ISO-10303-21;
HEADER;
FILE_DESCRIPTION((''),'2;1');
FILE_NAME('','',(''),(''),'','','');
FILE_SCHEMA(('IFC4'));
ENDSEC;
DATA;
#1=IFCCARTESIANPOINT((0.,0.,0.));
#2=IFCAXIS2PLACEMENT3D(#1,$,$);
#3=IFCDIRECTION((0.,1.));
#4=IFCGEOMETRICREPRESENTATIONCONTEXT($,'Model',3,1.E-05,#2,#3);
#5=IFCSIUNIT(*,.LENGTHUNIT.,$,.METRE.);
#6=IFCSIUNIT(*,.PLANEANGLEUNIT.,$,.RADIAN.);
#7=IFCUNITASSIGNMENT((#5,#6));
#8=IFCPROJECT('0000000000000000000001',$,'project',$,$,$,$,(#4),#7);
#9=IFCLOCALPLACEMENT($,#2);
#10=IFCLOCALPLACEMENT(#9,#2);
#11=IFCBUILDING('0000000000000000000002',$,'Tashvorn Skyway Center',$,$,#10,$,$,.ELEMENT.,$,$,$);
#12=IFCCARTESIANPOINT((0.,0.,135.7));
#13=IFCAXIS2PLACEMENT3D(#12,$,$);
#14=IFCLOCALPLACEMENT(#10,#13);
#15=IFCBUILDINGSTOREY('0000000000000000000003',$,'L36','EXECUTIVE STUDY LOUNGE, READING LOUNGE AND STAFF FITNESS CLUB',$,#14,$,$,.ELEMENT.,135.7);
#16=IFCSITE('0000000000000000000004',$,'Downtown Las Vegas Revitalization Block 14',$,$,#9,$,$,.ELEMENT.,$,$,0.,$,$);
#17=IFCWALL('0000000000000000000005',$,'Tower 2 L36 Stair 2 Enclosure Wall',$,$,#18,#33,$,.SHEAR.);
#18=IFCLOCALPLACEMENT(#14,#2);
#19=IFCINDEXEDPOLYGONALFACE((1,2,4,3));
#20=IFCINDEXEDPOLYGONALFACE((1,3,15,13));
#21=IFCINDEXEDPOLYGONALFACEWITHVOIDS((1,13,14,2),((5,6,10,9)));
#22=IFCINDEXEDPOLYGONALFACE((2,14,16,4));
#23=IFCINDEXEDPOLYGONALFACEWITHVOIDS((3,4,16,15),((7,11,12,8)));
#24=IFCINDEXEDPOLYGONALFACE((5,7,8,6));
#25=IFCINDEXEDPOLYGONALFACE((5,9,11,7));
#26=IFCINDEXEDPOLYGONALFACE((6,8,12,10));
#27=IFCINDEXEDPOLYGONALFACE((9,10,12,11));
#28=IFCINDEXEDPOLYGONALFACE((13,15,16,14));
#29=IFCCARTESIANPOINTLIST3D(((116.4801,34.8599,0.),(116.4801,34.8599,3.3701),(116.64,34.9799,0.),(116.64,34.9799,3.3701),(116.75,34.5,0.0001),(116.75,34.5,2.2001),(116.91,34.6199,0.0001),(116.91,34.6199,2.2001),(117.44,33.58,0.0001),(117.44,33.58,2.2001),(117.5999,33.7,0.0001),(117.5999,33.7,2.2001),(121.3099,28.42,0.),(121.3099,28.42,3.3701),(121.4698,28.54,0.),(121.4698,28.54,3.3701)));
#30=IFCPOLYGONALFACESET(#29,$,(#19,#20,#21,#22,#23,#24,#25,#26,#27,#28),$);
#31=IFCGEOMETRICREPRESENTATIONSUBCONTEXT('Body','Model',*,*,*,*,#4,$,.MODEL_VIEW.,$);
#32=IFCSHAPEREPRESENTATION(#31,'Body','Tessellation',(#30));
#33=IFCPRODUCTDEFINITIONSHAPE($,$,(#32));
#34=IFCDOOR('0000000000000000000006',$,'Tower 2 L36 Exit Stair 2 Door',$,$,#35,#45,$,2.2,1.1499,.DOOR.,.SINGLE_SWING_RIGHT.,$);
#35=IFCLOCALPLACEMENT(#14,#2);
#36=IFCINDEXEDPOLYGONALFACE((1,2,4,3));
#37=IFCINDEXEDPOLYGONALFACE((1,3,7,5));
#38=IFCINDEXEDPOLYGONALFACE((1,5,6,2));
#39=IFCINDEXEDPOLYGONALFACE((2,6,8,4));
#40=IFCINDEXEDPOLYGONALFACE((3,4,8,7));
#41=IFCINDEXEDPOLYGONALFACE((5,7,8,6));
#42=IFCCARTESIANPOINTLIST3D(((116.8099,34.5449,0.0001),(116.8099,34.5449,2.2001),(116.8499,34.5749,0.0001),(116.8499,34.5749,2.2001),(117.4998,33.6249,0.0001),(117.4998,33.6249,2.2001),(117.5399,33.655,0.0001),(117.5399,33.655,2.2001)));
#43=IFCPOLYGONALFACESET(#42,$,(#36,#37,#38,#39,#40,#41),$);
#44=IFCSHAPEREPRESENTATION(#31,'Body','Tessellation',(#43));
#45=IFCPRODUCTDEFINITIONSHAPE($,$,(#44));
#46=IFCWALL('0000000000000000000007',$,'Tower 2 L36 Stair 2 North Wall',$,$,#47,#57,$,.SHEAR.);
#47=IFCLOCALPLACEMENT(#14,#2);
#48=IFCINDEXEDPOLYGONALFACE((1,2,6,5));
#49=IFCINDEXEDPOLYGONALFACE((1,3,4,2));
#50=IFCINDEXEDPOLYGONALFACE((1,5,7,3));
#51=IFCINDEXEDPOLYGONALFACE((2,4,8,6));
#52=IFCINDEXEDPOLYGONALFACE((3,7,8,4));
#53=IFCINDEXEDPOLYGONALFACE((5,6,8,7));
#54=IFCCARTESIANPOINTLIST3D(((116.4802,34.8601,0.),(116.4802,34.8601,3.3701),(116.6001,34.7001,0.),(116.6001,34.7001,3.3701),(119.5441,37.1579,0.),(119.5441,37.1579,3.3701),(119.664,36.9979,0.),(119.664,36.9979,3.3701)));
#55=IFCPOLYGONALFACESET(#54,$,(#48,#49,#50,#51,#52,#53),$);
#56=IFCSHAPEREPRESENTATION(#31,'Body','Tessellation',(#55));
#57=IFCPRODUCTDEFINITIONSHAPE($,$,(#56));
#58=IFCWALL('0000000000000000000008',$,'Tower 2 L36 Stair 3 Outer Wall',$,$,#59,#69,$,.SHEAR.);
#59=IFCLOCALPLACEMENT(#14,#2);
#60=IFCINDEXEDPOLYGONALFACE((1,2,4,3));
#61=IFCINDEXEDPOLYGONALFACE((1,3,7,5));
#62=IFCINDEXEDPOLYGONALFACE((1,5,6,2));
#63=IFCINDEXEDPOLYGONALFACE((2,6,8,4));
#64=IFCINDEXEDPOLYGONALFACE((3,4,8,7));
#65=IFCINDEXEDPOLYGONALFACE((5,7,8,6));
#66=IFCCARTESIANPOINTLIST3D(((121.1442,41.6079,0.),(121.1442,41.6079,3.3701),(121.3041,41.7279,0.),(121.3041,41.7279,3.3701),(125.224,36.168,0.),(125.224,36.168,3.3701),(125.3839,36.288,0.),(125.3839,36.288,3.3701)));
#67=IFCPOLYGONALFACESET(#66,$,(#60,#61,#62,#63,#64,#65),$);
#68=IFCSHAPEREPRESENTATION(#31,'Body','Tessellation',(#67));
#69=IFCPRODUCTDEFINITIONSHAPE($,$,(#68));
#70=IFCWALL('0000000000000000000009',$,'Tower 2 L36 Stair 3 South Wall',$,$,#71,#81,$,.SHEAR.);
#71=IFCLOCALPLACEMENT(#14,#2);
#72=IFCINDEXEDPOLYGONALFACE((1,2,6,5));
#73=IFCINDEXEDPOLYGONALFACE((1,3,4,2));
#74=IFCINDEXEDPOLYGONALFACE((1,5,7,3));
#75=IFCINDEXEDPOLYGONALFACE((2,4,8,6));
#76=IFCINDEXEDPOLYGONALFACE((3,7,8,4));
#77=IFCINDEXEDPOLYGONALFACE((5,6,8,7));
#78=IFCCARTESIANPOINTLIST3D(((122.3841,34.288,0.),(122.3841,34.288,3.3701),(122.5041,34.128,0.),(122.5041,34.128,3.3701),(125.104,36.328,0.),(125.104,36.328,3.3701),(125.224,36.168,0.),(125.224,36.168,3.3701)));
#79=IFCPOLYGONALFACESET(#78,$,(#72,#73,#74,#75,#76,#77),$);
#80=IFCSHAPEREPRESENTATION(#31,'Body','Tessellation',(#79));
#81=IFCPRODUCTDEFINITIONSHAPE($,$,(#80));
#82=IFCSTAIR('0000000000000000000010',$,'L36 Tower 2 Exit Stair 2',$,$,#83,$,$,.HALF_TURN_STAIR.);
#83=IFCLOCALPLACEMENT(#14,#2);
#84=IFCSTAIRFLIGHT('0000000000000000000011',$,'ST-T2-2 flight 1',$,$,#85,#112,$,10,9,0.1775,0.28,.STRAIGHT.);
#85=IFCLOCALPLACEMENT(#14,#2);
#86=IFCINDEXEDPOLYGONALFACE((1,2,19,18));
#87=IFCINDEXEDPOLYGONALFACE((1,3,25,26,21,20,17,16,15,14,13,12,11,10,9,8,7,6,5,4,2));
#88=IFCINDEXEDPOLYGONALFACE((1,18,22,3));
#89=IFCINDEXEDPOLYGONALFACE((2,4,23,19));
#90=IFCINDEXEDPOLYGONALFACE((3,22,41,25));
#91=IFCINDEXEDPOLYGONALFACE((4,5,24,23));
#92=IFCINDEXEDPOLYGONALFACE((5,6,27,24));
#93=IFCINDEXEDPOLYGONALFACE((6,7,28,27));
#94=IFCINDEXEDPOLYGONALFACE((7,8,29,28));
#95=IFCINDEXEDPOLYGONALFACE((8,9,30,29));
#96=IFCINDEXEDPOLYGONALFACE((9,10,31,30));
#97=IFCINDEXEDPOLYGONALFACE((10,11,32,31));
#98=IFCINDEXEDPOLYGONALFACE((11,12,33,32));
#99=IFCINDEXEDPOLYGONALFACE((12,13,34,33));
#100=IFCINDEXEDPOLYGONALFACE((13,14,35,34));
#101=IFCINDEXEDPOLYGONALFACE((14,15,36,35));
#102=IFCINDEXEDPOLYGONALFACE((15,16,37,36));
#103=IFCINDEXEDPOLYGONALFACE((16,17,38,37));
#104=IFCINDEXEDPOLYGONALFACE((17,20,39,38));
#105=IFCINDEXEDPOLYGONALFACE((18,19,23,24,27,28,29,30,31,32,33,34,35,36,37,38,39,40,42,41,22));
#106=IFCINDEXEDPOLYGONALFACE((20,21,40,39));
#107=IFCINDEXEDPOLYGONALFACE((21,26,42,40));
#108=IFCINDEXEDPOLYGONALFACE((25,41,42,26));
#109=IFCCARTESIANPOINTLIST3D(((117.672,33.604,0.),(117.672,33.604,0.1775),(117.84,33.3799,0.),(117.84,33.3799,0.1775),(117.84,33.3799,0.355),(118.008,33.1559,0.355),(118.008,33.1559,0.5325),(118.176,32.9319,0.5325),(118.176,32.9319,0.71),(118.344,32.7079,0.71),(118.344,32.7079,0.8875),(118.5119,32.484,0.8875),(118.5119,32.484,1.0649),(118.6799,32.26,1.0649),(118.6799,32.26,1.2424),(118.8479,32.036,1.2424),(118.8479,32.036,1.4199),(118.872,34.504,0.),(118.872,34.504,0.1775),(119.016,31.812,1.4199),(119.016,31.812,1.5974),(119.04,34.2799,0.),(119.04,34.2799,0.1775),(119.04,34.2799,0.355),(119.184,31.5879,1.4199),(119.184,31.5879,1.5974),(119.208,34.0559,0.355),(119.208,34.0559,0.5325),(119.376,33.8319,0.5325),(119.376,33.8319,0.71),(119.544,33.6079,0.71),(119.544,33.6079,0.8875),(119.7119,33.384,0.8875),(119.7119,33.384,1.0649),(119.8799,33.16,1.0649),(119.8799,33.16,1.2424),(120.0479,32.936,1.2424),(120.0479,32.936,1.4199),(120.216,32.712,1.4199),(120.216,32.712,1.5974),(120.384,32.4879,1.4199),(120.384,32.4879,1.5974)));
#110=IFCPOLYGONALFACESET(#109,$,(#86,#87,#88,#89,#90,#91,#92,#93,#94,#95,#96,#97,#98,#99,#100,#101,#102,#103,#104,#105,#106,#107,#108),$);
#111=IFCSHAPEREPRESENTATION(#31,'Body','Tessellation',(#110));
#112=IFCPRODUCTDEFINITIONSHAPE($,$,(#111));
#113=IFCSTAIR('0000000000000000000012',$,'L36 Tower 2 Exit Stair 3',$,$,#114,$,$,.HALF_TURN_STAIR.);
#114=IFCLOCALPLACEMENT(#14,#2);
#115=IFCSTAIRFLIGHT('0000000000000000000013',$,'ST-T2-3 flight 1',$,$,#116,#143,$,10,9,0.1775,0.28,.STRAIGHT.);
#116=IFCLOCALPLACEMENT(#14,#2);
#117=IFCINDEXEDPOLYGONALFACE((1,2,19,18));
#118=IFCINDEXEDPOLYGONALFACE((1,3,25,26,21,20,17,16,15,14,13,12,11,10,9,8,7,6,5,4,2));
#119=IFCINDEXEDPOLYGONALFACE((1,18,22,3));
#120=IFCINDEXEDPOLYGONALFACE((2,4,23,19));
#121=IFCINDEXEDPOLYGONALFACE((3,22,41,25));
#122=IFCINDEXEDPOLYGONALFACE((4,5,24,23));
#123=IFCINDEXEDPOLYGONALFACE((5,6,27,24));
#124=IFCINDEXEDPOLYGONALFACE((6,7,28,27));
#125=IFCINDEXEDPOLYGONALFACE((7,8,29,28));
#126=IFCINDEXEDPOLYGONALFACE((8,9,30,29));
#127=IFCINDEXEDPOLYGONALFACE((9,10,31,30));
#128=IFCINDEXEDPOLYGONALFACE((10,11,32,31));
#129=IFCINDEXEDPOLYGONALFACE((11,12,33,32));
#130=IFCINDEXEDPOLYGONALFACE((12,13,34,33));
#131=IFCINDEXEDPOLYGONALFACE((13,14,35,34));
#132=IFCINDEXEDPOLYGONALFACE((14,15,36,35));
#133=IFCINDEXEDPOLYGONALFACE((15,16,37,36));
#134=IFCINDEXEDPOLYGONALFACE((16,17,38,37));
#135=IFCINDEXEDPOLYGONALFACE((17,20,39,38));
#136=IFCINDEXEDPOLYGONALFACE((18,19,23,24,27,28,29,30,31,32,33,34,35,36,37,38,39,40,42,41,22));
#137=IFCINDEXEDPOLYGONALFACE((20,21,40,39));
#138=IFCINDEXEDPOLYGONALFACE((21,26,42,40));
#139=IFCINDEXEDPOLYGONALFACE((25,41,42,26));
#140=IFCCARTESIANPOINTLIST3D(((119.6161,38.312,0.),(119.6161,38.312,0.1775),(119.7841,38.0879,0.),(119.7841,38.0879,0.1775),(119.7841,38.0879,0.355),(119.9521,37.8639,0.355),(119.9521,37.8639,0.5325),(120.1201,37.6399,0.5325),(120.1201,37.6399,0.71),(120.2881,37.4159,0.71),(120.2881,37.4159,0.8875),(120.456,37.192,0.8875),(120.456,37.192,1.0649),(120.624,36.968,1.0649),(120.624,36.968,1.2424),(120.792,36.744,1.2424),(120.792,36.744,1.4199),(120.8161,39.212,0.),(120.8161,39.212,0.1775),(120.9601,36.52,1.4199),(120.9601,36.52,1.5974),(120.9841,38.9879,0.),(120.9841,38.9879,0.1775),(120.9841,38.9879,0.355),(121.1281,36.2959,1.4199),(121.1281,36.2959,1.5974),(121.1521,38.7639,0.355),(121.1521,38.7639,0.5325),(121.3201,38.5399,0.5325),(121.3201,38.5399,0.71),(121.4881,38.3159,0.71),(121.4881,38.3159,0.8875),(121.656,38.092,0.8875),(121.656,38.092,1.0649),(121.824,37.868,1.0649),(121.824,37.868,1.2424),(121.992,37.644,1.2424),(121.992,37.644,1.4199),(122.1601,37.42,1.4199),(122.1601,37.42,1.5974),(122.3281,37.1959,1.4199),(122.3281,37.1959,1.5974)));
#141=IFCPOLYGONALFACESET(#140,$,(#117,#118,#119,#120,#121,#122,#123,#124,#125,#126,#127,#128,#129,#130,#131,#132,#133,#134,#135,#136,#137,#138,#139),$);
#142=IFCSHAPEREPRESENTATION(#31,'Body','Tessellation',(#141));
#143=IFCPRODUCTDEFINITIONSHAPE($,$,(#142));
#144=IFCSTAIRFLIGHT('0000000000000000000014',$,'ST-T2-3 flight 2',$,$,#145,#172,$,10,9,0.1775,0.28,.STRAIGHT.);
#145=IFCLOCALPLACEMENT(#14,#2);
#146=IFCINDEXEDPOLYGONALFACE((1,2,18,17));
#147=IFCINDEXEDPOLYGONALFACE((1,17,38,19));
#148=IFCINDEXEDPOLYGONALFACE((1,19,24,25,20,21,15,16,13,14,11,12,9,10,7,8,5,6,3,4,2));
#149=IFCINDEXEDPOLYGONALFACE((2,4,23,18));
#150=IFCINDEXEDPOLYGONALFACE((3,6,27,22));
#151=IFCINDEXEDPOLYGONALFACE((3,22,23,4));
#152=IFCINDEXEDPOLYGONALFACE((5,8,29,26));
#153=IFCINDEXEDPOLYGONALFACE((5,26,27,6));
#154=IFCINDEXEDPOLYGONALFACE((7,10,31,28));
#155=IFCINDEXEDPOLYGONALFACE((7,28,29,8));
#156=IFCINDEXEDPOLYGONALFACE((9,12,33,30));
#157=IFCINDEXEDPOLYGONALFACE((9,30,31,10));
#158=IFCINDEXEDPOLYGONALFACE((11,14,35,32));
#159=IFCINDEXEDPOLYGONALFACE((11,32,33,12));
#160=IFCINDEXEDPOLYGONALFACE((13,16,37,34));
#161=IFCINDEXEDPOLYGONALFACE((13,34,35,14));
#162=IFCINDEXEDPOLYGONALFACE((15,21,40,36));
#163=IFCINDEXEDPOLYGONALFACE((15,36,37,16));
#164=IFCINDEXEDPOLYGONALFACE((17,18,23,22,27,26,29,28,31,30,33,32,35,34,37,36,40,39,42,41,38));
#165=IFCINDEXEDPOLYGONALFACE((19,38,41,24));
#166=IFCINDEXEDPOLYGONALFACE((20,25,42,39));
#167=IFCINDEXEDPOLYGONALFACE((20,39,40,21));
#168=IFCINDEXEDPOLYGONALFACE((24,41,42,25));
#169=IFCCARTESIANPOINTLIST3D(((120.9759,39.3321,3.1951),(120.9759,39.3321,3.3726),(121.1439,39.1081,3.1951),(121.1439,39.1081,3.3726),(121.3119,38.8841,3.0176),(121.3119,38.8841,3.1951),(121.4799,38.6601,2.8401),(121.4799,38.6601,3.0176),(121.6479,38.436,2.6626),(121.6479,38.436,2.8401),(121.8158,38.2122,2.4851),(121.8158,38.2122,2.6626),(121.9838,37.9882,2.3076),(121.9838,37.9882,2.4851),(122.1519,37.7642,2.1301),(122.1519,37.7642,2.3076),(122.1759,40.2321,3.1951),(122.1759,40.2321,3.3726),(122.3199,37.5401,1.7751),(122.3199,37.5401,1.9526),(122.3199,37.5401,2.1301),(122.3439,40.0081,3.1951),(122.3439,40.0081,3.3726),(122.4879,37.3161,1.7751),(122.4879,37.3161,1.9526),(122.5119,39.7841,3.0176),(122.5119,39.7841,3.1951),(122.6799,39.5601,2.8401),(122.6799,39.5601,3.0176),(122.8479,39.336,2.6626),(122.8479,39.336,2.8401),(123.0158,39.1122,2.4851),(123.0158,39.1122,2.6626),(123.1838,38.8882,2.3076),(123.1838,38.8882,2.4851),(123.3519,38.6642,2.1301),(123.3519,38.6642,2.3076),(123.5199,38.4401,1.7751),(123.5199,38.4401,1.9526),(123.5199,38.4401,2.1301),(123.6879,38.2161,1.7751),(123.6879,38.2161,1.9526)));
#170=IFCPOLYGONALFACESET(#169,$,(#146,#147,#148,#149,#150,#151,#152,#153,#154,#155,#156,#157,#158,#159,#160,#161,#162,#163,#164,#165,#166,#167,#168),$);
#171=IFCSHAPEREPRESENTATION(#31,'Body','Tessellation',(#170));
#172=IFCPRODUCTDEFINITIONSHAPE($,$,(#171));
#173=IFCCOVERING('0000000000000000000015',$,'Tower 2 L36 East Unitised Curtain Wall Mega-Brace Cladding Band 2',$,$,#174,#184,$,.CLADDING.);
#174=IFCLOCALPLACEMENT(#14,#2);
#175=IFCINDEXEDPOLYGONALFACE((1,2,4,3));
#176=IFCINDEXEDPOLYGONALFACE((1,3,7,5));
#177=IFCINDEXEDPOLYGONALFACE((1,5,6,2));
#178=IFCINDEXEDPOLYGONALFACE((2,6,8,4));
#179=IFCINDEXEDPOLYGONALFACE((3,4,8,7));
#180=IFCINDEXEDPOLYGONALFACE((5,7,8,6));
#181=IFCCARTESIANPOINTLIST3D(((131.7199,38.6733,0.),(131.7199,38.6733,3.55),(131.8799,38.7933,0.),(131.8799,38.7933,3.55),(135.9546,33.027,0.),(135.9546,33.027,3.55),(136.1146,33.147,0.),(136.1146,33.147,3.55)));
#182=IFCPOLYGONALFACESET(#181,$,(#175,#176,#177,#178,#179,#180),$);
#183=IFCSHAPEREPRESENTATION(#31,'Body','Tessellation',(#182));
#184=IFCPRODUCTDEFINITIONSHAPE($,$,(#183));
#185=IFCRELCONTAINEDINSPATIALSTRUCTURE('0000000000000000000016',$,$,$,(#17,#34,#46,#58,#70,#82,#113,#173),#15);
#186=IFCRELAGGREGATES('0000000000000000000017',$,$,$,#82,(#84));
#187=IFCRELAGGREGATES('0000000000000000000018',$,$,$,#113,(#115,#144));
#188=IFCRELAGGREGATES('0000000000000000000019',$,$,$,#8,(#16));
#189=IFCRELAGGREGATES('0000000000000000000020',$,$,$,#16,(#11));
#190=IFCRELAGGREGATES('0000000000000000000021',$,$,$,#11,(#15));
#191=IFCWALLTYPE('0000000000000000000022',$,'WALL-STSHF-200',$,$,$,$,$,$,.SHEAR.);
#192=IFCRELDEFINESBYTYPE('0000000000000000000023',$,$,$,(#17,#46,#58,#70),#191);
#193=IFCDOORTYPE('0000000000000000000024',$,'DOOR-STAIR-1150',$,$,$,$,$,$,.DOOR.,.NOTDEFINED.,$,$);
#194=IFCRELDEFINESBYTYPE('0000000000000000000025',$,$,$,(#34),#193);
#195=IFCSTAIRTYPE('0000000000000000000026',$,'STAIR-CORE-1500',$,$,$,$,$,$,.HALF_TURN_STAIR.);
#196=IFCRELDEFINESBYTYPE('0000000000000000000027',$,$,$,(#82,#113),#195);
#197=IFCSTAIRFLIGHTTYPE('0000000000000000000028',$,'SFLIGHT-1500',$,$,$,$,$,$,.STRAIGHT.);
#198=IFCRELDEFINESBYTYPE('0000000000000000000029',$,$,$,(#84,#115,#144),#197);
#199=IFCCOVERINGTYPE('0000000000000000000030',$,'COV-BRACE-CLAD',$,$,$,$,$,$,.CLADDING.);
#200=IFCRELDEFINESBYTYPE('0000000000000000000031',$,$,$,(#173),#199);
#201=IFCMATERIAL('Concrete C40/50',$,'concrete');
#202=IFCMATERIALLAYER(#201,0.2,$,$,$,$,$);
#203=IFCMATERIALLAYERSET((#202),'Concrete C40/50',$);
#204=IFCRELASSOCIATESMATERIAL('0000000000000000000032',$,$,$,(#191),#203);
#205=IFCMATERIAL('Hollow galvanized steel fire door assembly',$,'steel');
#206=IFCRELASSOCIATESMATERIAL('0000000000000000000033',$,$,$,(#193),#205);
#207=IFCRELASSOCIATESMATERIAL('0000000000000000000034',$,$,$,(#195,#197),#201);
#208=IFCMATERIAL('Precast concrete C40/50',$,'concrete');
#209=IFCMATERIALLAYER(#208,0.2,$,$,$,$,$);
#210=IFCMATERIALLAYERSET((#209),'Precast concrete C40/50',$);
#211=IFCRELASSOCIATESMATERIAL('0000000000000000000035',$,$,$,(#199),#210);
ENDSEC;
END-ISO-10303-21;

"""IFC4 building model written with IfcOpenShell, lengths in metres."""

from ifc_helpers import new_model, si_unit, direction, frame, frame_2d, origin, origin_2d, place, context, subcontext, project, spatial, polyline, rectangle, outline, extrude, material, layer, layer_set, type_object, element, fill, aggregate, save


model = new_model("IFC4")

# Units and contexts
model_context = context("Model", 3, precision=1e-05, world=origin(), true_north=direction((0.0, 1.0)))
body_context = subcontext(model_context, "Body", "Model", "MODEL_VIEW")
ifc_project = project(units=[si_unit("LENGTHUNIT", "METRE"), si_unit("PLANEANGLEUNIT", "RADIAN")], contexts=[model_context])

# Site, building, storey
site_placement = place(None, origin())
site = spatial("IfcSite", under=ifc_project, at=site_placement, Name="Downtown Las Vegas Revitalization Block 14", CompositionType="ELEMENT", RefElevation=0.0)
building_placement = place(site_placement, origin())
building = spatial("IfcBuilding", under=site, at=building_placement, Name="Tashvorn Skyway Center", CompositionType="ELEMENT")
storey_placement = place(building_placement, frame((0.0, 0.0, 135.7)))
storey = spatial("IfcBuildingStorey", under=building, at=storey_placement, Name="L36", Description="EXECUTIVE STUDY LOUNGE, READING LOUNGE AND STAFF FITNESS CLUB", CompositionType="ELEMENT", Elevation=135.7)

# Shared definitions
ifc_material_1 = material(Name="Concrete C40/50", Category="concrete")

# Wall, opening, door
ifc_layer_1 = layer(ifc_material_1, 0.2)
ifc_layer_set_1 = layer_set([ifc_layer_1], Name="Concrete C40/50")
wall_type_1 = type_object("IfcWallType", Name="WALL-STSHF-200", PredefinedType="SHEAR", material=ifc_layer_set_1)
wall_1_placement = place(storey_placement, frame((116.5601, 34.9199, 0.0), z_axis=(0.0, 0.0, 1.0), x_axis=(0.59999, -0.800007, 0.0)))
wall_1 = element("IfcWall", 1, at=wall_1_placement, inside=storey, type_object=wall_type_1, Name="Tower 2 L36 Stair 2 Enclosure Wall", PredefinedType="SHEAR", context=body_context, shape_type="SweptSolid", body=[
    extrude(rectangle(XDim=8.0498, YDim=0.2, at=frame_2d((4.0249, 0.0))), origin(), (0.0, 0.0, 1.0), 3.3701),
])
opening_placement = place(wall_1_placement, frame((0.45, 0.0, 0.0)))
opening = element("IfcOpeningElement", 2, at=opening_placement, cuts=wall_1, PredefinedType="OPENING", context=body_context, shape_type="SweptSolid", body=[
    extrude(rectangle(XDim=1.1499, YDim=2.2, at=frame_2d((0.575, 1.1001))), frame((0.0, 0.1099, 0.0), z_axis=(0.0, -1.0, 0.0), x_axis=(1.0, 0.0, 0.0)), (0.0, 0.0, 1.0), 0.22),
])
ifc_material_2 = material(Name="Hollow galvanized steel fire door assembly", Category="steel")
door_type = type_object("IfcDoorType", Name="DOOR-STAIR-1150", OperationType="NOTDEFINED", PredefinedType="DOOR", material=ifc_material_2)
door_placement = place(opening_placement, origin())
door = element("IfcDoor", 3, at=door_placement, inside=storey, type_object=door_type, Name="Tower 2 L36 Exit Stair 2 Door", OperationType="SINGLE_SWING_RIGHT", OverallHeight=2.2, OverallWidth=1.1499, PredefinedType="DOOR", context=body_context, shape_type="SweptSolid", body=[
    extrude(rectangle(XDim=1.1499, YDim=2.2, at=frame_2d((0.575, 1.1001))), frame((0.0, 0.0249, 0.0), z_axis=(0.0, -1.0, 0.0), x_axis=(1.0, 0.0, 0.0)), (0.0, 0.0, 1.0), 0.05),
])
fill(opening, door)

# Walls
wall_2_placement = place(storey_placement, frame((116.54, 34.78, 0.0), z_axis=(0.0, 0.0, 1.0), x_axis=(0.800015, 0.59998, 0.0)))
element("IfcWall", 4, at=wall_2_placement, inside=storey, type_object=wall_type_1, Name="Tower 2 L36 Stair 2 North Wall", PredefinedType="SHEAR", context=body_context, shape_type="SweptSolid", body=[
    extrude(rectangle(XDim=3.8298, YDim=0.2, at=frame_2d((1.915, 0.0))), origin(), (0.0, 0.0, 1.0), 3.3701),
])
wall_3_placement = place(storey_placement, frame((125.304, 36.228, 0.0), z_axis=(0.0, 0.0, 1.0), x_axis=(-0.599989, 0.800009, 0.0)))
element("IfcWall", 5, at=wall_3_placement, inside=storey, type_object=wall_type_1, Name="Tower 2 L36 Stair 3 Outer Wall", PredefinedType="SHEAR", context=body_context, shape_type="SweptSolid", body=[
    extrude(rectangle(XDim=6.7998, YDim=0.2, at=frame_2d((3.3999, 0.0))), origin(), (0.0, 0.0, 1.0), 3.3701),
])
wall_4_placement = place(storey_placement, frame((122.4441, 34.208, 0.0), z_axis=(0.0, 0.0, 1.0), x_axis=(0.799991, 0.600011, 0.0)))
element("IfcWall", 6, at=wall_4_placement, inside=storey, type_object=wall_type_1, Name="Tower 2 L36 Stair 3 South Wall", PredefinedType="SHEAR", context=body_context, shape_type="SweptSolid", body=[
    extrude(rectangle(XDim=3.3999, YDim=0.2, at=frame_2d((1.7, 0.0))), origin(), (0.0, 0.0, 1.0), 3.3701),
])

# Stair, stair flight
stair_type = type_object("IfcStairType", Name="STAIR-CORE-1500", PredefinedType="HALF_TURN_STAIR", material=ifc_material_1)
stair_1_placement = place(storey_placement, origin())
stair_1 = element("IfcStair", 7, at=stair_1_placement, inside=storey, type_object=stair_type, Name="L36 Tower 2 Exit Stair 2", PredefinedType="HALF_TURN_STAIR")
stair_flight_type = type_object("IfcStairFlightType", Name="SFLIGHT-1500", PredefinedType="STRAIGHT", material=ifc_material_1)
stair_flight_1_placement = place(storey_placement, frame((118.272, 34.054, 0.0), z_axis=(0.0, 0.0, 1.0), x_axis=(0.6, -0.8, 0.0)))
stair_flight_1 = element("IfcStairFlight", 8, at=stair_flight_1_placement, type_object=stair_flight_type, Name="ST-T2-2 flight 1", NumberOfRisers=10, NumberOfTreads=9, PredefinedType="STRAIGHT", RiserHeight=0.1775, TreadLength=0.28, context=body_context, shape_type="SweptSolid", body=[
    extrude(outline(polyline([(0.0, 0.0), (0.0, 0.1775), (0.28, 0.1775), (0.28, 0.355), (0.5601, 0.355), (0.5601, 0.5325), (0.8401, 0.5325), (0.8401, 0.71), (1.1201, 0.71), (1.1201, 0.8875), (1.3999, 0.8875), (1.3999, 1.0649), (1.6799, 1.0649), (1.6799, 1.2424), (1.96, 1.2424), (1.96, 1.4199), (2.24, 1.4199), (2.24, 1.5974), (2.52, 1.5974), (2.52, 1.7749), (2.52, 1.4199), (0.28, 0.0), (0.0, 0.0)])), frame((0.0, 0.75, 0.0), z_axis=(0.0, -1.0, 0.0), x_axis=(1.0, 0.0, 0.0)), (0.0, 0.0, 1.0), 1.5),
])
aggregate(stair_1, [stair_flight_1])

# Stair, stair flights
stair_2_placement = place(storey_placement, origin())
stair_2 = element("IfcStair", 9, at=stair_2_placement, inside=storey, type_object=stair_type, Name="L36 Tower 2 Exit Stair 3", PredefinedType="HALF_TURN_STAIR")
stair_flight_2_placement = place(storey_placement, frame((120.2161, 38.762, 0.0), z_axis=(0.0, 0.0, 1.0), x_axis=(0.6, -0.8, 0.0)))
stair_flight_2 = element("IfcStairFlight", 10, at=stair_flight_2_placement, type_object=stair_flight_type, Name="ST-T2-3 flight 1", NumberOfRisers=10, NumberOfTreads=9, PredefinedType="STRAIGHT", RiserHeight=0.1775, TreadLength=0.28, context=body_context, shape_type="SweptSolid", body=[
    extrude(outline(polyline([(0.0, 0.0), (0.0, 0.1775), (0.28, 0.1775), (0.28, 0.355), (0.5601, 0.355), (0.5601, 0.5325), (0.8401, 0.5325), (0.8401, 0.71), (1.1201, 0.71), (1.1201, 0.8875), (1.3999, 0.8875), (1.3999, 1.0649), (1.6799, 1.0649), (1.6799, 1.2424), (1.96, 1.2424), (1.96, 1.4199), (2.24, 1.4199), (2.24, 1.5974), (2.52, 1.5974), (2.52, 1.7749), (2.52, 1.4199), (0.28, 0.0), (0.0, 0.0)])), frame((0.0, 0.75, 0.0), z_axis=(0.0, -1.0, 0.0), x_axis=(1.0, 0.0, 0.0)), (0.0, 0.0, 1.0), 1.5),
])
stair_flight_3_placement = place(storey_placement, frame((123.0879, 37.7661, 1.7751), z_axis=(0.0, 0.0, 1.0), x_axis=(-0.6, 0.8, 0.0)))
stair_flight_3 = element("IfcStairFlight", 11, at=stair_flight_3_placement, type_object=stair_flight_type, Name="ST-T2-3 flight 2", NumberOfRisers=10, NumberOfTreads=9, PredefinedType="STRAIGHT", RiserHeight=0.1775, TreadLength=0.28, context=body_context, shape_type="SweptSolid", body=[
    extrude(outline(polyline([(0.0, 0.0), (0.0, 0.1775), (0.28, 0.1775), (0.28, 0.355), (0.5601, 0.355), (0.5601, 0.5325), (0.8401, 0.5325), (0.8401, 0.71), (1.1201, 0.71), (1.1201, 0.8875), (1.3999, 0.8875), (1.3999, 1.0649), (1.6799, 1.0649), (1.6799, 1.2424), (1.96, 1.2424), (1.96, 1.4199), (2.24, 1.4199), (2.24, 1.5974), (2.52, 1.5974), (2.52, 1.7749), (2.52, 1.4199), (0.28, 0.0), (0.0, 0.0)])), frame((0.0, 0.75, 0.0), z_axis=(0.0, -1.0, 0.0), x_axis=(1.0, 0.0, 0.0)), (0.0, 0.0, 1.0), 1.5),
])
aggregate(stair_2, [stair_flight_2, stair_flight_3])

# Covering
ifc_material_3 = material(Name="Precast concrete C40/50", Category="concrete")
ifc_layer_2 = layer(ifc_material_3, 0.2)
ifc_layer_set_2 = layer_set([ifc_layer_2], Name="Precast concrete C40/50")
covering_type = type_object("IfcCoveringType", Name="COV-BRACE-CLAD", PredefinedType="CLADDING", material=ifc_layer_set_2)
covering_placement = place(storey_placement, frame((133.9172, 35.9102, 0.0), z_axis=(0.0, 0.0, 1.0), x_axis=(0.6, -0.8, 0.0)))
element("IfcCovering", 12, at=covering_placement, inside=storey, type_object=covering_type, Name="Tower 2 L36 East Unitised Curtain Wall Mega-Brace Cladding Band 2", PredefinedType="CLADDING", context=body_context, shape_type="SweptSolid", body=[
    extrude(rectangle(XDim=7.0579, YDim=0.2, at=origin_2d()), origin(), (0.0, 0.0, 1.0), 3.55),
])

save(model, "model.ifc")
